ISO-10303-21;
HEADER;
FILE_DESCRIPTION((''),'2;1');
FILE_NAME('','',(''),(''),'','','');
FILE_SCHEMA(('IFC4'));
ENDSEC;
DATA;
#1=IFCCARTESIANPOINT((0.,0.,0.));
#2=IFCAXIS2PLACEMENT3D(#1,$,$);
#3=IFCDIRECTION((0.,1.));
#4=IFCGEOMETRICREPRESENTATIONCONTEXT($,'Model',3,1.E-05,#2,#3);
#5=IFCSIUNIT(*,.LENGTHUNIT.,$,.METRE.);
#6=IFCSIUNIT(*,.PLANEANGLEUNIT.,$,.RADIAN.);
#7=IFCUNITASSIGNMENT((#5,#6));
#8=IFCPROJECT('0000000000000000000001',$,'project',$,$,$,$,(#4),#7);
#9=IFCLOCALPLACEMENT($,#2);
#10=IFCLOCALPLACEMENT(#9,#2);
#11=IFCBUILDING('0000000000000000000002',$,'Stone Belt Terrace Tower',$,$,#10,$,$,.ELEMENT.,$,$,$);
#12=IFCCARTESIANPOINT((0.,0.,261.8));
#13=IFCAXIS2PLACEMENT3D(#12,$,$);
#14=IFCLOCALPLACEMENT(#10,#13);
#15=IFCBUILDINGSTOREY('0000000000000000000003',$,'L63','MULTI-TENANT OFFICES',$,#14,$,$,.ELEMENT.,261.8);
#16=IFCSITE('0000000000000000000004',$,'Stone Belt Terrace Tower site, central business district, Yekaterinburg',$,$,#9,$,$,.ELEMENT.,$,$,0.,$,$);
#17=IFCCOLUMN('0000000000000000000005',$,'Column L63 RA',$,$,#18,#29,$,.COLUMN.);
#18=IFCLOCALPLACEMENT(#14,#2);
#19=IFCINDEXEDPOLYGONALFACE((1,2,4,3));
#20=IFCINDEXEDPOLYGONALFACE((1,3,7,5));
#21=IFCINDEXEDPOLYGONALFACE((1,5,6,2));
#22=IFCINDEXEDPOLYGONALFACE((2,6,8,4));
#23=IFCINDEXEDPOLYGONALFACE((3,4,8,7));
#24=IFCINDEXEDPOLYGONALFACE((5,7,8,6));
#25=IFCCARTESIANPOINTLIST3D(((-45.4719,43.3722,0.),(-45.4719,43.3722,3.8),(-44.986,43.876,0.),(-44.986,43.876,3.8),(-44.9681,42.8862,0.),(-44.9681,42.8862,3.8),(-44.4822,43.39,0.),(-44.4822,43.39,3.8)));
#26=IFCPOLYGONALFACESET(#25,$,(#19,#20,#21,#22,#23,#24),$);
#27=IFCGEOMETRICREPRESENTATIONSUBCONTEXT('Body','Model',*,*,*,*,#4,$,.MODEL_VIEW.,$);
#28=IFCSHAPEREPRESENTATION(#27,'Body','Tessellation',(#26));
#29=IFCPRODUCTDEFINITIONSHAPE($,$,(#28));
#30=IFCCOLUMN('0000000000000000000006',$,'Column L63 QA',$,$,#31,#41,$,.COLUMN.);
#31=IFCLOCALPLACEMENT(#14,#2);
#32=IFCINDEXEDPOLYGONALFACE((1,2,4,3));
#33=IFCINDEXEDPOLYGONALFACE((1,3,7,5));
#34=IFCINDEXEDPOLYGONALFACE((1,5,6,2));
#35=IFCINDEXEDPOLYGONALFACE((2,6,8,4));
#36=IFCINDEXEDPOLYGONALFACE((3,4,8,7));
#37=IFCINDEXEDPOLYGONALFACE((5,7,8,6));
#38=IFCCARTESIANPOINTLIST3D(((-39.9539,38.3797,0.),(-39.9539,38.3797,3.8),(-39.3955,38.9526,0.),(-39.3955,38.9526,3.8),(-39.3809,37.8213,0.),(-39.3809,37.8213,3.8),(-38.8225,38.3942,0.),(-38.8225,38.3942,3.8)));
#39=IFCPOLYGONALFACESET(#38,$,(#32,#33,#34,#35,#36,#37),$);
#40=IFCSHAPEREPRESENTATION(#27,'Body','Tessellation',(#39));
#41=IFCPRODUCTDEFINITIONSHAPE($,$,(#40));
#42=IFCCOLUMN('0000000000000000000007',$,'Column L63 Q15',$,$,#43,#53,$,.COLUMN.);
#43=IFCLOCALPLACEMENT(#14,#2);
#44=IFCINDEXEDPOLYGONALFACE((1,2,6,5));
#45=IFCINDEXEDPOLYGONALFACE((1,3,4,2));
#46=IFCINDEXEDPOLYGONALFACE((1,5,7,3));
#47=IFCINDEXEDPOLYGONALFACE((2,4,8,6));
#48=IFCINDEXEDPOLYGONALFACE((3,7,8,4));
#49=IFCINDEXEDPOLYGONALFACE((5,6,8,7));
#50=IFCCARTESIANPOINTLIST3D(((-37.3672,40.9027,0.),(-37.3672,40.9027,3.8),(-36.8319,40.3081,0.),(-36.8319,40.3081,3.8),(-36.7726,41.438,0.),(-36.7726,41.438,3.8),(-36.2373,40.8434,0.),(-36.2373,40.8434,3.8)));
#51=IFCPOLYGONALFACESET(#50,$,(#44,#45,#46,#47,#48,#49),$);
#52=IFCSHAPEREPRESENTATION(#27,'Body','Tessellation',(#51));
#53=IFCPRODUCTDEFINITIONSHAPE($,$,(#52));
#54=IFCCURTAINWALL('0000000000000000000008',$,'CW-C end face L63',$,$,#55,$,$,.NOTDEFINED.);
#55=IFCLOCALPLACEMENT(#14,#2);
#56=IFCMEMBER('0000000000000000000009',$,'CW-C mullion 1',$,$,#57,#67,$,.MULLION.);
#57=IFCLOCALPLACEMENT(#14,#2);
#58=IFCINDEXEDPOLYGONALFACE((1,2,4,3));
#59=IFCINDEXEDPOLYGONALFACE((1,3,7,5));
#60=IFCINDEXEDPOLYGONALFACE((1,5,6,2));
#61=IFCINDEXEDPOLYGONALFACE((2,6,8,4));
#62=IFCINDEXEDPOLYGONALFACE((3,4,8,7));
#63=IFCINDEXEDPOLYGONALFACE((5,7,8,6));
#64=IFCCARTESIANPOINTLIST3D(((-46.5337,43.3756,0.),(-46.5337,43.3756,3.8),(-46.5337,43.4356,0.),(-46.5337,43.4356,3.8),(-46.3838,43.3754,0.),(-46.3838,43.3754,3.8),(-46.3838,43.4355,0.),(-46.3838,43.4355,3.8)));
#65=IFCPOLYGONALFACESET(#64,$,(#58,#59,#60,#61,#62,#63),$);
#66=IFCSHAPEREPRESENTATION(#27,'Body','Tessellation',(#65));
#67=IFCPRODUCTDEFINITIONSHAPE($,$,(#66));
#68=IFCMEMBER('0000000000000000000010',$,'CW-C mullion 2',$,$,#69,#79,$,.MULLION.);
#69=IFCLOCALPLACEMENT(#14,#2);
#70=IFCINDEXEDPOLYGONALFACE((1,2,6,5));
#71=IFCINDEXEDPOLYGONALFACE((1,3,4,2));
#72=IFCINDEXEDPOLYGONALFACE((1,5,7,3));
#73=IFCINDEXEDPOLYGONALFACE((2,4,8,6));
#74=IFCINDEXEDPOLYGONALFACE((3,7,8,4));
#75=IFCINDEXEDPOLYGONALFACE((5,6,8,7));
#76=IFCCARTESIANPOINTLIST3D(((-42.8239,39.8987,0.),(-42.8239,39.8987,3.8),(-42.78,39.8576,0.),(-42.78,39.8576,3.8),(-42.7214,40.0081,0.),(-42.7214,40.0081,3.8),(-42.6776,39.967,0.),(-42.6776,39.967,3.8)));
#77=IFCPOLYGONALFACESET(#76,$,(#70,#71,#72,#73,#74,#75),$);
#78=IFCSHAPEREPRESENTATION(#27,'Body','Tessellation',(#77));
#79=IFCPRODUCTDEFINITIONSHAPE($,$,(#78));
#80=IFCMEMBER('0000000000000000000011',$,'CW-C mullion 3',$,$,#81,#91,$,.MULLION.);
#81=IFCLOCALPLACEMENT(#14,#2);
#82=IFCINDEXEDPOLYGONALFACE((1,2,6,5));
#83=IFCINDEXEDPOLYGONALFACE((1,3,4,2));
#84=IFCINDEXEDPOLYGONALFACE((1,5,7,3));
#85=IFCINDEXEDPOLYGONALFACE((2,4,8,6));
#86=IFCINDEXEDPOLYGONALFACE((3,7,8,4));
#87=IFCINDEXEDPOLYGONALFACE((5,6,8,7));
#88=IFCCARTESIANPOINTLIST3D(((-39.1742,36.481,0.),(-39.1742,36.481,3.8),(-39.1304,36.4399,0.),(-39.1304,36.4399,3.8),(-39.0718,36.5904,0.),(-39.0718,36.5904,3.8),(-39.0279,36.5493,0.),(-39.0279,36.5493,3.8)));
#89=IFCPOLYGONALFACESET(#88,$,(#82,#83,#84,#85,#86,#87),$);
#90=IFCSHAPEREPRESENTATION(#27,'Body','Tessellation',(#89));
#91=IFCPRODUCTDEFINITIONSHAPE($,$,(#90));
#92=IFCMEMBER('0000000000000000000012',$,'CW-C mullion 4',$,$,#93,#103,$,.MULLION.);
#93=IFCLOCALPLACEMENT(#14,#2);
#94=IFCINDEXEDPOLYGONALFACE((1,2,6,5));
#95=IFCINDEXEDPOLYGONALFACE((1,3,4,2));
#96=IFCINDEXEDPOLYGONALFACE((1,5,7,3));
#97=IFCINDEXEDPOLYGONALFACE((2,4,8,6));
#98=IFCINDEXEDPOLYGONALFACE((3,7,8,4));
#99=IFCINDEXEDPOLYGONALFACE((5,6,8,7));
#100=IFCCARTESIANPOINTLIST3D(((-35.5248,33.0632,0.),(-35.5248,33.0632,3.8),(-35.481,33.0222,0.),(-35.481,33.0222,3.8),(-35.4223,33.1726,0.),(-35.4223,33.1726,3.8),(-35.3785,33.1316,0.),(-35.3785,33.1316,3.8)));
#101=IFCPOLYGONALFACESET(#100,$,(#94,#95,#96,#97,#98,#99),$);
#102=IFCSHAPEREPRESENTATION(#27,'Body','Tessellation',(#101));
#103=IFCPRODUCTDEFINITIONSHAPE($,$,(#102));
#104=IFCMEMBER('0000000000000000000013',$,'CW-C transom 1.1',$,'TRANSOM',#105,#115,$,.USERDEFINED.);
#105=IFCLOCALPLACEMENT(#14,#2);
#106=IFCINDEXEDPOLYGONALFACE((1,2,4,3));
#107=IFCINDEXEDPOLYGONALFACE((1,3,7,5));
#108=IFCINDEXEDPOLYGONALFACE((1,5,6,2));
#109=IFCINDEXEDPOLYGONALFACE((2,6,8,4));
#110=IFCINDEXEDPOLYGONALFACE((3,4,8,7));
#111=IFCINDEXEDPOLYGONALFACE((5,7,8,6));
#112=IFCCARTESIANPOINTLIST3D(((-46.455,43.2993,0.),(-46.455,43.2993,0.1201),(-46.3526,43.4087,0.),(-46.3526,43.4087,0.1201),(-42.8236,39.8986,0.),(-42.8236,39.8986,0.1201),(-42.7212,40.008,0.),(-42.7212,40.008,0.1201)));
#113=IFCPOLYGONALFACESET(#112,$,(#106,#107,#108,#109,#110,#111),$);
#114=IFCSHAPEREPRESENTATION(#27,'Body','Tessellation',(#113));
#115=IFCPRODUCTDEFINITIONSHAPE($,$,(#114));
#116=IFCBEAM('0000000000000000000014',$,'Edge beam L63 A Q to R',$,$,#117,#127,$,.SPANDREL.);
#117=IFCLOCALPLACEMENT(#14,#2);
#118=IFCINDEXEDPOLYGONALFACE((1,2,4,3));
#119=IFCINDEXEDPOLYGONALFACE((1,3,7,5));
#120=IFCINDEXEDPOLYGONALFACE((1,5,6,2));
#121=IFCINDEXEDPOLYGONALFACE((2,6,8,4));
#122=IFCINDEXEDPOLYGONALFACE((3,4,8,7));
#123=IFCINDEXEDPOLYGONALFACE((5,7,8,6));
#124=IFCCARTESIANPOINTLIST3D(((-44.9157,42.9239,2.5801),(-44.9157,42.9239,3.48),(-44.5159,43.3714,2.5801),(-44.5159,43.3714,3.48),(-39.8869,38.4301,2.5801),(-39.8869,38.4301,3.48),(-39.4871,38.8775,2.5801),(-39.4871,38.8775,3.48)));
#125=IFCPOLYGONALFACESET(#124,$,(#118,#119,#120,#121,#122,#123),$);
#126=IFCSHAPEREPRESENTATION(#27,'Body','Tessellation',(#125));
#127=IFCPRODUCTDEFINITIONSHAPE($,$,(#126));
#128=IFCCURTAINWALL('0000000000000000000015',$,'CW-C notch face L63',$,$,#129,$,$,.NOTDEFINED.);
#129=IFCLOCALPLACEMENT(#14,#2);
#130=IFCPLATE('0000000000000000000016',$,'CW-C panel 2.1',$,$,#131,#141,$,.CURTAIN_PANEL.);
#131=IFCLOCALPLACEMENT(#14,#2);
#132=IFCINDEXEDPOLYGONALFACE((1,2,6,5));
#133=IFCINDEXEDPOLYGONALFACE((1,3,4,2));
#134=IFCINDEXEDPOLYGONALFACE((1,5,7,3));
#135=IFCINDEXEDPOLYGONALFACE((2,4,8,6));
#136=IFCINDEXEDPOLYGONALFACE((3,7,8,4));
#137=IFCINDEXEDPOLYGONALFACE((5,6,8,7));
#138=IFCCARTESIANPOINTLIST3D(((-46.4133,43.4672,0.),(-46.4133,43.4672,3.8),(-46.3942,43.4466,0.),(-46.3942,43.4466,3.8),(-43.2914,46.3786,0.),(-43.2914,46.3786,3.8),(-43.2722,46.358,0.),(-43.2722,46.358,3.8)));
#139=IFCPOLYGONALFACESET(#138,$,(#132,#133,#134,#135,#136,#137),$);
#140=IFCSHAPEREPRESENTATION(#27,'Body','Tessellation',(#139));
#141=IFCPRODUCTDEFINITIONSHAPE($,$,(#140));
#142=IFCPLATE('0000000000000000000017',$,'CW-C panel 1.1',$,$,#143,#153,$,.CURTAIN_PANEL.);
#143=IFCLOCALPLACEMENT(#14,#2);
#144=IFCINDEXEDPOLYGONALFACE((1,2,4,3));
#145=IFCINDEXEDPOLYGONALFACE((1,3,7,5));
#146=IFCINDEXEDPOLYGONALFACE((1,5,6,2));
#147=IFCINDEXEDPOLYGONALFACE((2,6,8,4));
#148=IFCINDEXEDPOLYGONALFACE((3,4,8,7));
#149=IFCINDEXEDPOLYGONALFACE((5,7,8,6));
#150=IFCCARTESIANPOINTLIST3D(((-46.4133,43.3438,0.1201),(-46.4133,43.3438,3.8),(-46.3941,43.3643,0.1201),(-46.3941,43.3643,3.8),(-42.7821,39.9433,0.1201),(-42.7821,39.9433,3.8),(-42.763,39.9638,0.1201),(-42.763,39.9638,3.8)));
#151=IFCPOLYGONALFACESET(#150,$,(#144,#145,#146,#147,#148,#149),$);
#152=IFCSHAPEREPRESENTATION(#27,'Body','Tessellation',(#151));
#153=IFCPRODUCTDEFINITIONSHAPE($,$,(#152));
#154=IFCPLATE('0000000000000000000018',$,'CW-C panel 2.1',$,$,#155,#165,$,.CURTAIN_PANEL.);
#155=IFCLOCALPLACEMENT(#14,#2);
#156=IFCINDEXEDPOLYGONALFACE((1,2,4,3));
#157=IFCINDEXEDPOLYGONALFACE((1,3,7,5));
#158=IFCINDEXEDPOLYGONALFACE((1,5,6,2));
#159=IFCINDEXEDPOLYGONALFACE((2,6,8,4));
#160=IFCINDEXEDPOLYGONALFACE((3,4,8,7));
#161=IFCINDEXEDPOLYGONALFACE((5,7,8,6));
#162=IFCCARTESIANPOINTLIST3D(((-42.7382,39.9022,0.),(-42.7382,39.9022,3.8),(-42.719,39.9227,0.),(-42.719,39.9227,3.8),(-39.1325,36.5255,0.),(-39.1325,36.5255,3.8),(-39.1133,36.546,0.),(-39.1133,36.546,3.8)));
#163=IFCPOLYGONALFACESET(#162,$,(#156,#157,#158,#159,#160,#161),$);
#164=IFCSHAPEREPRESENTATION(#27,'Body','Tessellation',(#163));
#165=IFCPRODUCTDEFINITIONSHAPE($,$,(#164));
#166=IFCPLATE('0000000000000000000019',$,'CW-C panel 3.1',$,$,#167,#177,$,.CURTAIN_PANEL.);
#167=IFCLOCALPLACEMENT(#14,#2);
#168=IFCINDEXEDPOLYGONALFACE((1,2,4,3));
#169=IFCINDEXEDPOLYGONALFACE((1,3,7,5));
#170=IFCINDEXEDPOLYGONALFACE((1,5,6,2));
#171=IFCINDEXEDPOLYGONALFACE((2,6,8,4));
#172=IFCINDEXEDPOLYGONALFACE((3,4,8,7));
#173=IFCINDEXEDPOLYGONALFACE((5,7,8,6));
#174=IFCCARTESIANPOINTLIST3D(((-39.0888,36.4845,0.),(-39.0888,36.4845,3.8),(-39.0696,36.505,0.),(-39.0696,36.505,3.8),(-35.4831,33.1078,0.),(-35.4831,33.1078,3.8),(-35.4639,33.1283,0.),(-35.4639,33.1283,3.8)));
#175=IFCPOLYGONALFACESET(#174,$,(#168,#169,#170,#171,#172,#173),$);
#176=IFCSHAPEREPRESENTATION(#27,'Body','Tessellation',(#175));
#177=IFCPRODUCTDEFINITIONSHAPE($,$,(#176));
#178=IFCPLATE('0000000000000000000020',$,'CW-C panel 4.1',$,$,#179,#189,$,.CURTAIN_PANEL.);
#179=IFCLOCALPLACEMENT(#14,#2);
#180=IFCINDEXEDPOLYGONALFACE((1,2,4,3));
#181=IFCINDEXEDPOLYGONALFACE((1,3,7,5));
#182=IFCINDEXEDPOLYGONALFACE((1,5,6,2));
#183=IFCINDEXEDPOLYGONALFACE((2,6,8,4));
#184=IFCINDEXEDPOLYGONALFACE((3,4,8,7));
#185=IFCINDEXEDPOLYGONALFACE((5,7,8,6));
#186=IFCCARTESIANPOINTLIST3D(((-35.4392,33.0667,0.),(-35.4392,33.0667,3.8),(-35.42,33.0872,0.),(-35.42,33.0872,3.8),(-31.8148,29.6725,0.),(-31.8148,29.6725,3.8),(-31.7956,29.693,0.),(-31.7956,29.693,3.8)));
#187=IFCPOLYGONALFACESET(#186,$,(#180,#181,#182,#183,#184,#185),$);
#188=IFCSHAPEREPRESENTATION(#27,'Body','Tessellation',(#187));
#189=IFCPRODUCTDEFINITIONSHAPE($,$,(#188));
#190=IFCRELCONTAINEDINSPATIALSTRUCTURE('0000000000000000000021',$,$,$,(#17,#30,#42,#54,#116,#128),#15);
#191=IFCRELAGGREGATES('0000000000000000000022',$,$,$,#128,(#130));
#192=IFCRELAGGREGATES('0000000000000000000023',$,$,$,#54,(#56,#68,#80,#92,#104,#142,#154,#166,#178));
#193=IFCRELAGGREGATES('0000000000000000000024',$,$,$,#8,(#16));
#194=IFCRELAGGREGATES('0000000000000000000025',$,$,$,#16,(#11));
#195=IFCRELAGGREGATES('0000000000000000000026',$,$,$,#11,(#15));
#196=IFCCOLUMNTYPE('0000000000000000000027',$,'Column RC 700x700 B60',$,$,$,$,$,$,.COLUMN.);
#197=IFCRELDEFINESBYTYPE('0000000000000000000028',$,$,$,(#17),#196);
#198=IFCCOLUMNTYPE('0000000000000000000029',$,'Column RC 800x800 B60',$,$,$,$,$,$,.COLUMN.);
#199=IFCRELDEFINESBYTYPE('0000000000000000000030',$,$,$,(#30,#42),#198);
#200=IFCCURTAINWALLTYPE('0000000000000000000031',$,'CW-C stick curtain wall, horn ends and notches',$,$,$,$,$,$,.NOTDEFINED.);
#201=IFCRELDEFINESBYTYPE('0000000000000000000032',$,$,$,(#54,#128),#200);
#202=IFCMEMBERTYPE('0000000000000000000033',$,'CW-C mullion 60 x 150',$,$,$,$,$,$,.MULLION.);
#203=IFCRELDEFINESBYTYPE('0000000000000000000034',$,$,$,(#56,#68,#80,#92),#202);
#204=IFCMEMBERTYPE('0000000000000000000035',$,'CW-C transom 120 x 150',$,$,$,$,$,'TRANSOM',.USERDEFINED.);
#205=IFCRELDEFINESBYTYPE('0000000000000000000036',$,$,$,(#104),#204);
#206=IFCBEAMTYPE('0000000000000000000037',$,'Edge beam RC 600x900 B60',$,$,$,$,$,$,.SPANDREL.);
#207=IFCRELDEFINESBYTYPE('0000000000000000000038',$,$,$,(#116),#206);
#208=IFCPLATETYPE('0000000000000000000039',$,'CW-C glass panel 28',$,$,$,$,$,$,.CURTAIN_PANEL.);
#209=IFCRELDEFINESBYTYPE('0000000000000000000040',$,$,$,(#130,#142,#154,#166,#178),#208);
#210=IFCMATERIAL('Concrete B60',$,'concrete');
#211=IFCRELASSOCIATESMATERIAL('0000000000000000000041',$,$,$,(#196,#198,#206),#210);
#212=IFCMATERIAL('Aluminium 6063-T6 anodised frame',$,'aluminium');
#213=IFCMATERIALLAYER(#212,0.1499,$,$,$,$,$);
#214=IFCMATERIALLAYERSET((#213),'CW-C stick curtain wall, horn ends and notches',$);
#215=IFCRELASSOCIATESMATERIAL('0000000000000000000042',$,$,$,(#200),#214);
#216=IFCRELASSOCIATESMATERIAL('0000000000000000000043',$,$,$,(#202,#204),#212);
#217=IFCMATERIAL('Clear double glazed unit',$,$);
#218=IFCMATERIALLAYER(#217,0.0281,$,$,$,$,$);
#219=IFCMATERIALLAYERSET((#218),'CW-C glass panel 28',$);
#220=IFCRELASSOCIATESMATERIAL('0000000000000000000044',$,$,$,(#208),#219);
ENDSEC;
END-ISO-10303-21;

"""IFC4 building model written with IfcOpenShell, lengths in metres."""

from ifc_helpers import new_model, si_unit, direction, frame, origin, origin_2d, place, context, subcontext, project, spatial, rectangle, extrude, material, layer, layer_set, material_profile, profile_set, type_object, element, aggregate, save


model = new_model("IFC4")

# Units and contexts
model_context = context("Model", 3, precision=1e-05, world=origin(), true_north=direction((0.0, 1.0)))
body_context = subcontext(model_context, "Body", "Model", "MODEL_VIEW")
ifc_project = project(units=[si_unit("LENGTHUNIT", "METRE"), si_unit("PLANEANGLEUNIT", "RADIAN")], contexts=[model_context])

# Site, building, storey
site_placement = place(None, origin())
site = spatial("IfcSite", under=ifc_project, at=site_placement, Name="Stone Belt Terrace Tower site, central business district, Yekaterinburg", CompositionType="ELEMENT", RefElevation=0.0)
building_placement = place(site_placement, origin())
building = spatial("IfcBuilding", under=site, at=building_placement, Name="Stone Belt Terrace Tower", CompositionType="ELEMENT")
storey_placement = place(building_placement, frame((0.0, 0.0, 261.8)))
storey = spatial("IfcBuildingStorey", under=building, at=storey_placement, Name="L63", Description="MULTI-TENANT OFFICES", CompositionType="ELEMENT", Elevation=261.8)

# Columns
ifc_material_1 = material(Name="Concrete B60", Category="concrete")
ifc_material_profile_1 = material_profile(ifc_material_1, rectangle(XDim=0.7, YDim=0.7, at=origin_2d()), Name="RC 700x700")
ifc_profile_set_1 = profile_set([ifc_material_profile_1], Name="Concrete B60")
column_type_1 = type_object("IfcColumnType", Name="Column RC 700x700 B60", PredefinedType="COLUMN", material=ifc_profile_set_1)
column_placement = place(storey_placement, frame((-44.9771, 43.3811, 0.0), z_axis=(0.0, 0.0, 1.0), x_axis=(0.694221, 0.719762, 0.0)))
element("IfcColumn", 1, at=column_placement, inside=storey, type_object=column_type_1, Name="Column L63 RA", PredefinedType="COLUMN", context=body_context, shape_type="SweptSolid", body=[
    extrude(rectangle(XDim=0.7, YDim=0.7, at=origin_2d()), origin(), (0.0, 0.0, 1.0), 3.8),
])
ifc_material_profile_2 = material_profile(ifc_material_1, rectangle(XDim=0.8, YDim=0.8, at=origin_2d()), Name="RC 800x800")
ifc_profile_set_2 = profile_set([ifc_material_profile_2], Name="Concrete B60")
column_type_2 = type_object("IfcColumnType", Name="Column RC 800x800 B60", PredefinedType="COLUMN", material=ifc_profile_set_2)
for number, where, z_axis, x_axis, name in (
    (2, (-39.3882, 38.387, 0.0), (0.0, 0.0, 1.0), (0.697944, 0.716152, 0.0), "Column L63 QA"),
    (3, (-36.8022, 40.873, 0.0), (0.0, 0.0, 1.0), (0.743145, 0.669131, 0.0), "Column L63 Q15"),
):
    element("IfcColumn", number, at=place(storey_placement, frame(where, z_axis=z_axis, x_axis=x_axis)), inside=storey, type_object=column_type_2, Name=name, PredefinedType="COLUMN", context=body_context, shape_type="SweptSolid", body=[
        extrude(rectangle(XDim=0.8, YDim=0.8, at=origin_2d()), origin(), (0.0, 0.0, 1.0), 3.8),
    ])

# Curtain wall, members
ifc_material_2 = material(Name="Aluminium 6063-T6 anodised frame", Category="aluminium")
ifc_layer_1 = layer(ifc_material_2, 0.1499)
ifc_layer_set_1 = layer_set([ifc_layer_1], Name="CW-C stick curtain wall, horn ends and notches")
curtain_wall_type = type_object("IfcCurtainWallType", Name="CW-C stick curtain wall, horn ends and notches", PredefinedType="NOTDEFINED", material=ifc_layer_set_1)
curtain_wall_1_placement = place(storey_placement, origin())
curtain_wall_1 = element("IfcCurtainWall", 4, at=curtain_wall_1_placement, inside=storey, type_object=curtain_wall_type, Name="CW-C end face L63", PredefinedType="NOTDEFINED")
ifc_material_profile_3 = material_profile(ifc_material_2, rectangle(XDim=0.1499, YDim=0.0601, at=origin_2d()), Name="Aluminium 6063-T6 60x150")
ifc_profile_set_3 = profile_set([ifc_material_profile_3], Name="Aluminium 6063-T6 anodised frame")
member_type_1 = type_object("IfcMemberType", Name="CW-C mullion 60 x 150", PredefinedType="MULLION", material=ifc_profile_set_3)
member_1_placement = place(storey_placement, frame((-46.4587, 43.4055, 0.0), z_axis=(0.0, 0.0, 1.0), x_axis=(0.999999, -0.001051, 0.0)))
member_1 = element("IfcMember", 5, at=member_1_placement, type_object=member_type_1, Name="CW-C mullion 1", PredefinedType="MULLION", context=body_context, shape_type="SweptSolid", body=[
    extrude(rectangle(XDim=0.1499, YDim=0.0601, at=origin_2d()), origin(), (0.0, 0.0, 1.0), 3.8),
])
member_2_placement = place(storey_placement, frame((-42.7507, 39.9329, 0.0), z_axis=(0.0, 0.0, 1.0), x_axis=(0.683549, 0.729904, 0.0)))
member_2 = element("IfcMember", 6, at=member_2_placement, type_object=member_type_1, Name="CW-C mullion 2", PredefinedType="MULLION", context=body_context, shape_type="SweptSolid", body=[
    extrude(rectangle(XDim=0.1499, YDim=0.0601, at=origin_2d()), origin(), (0.0, 0.0, 1.0), 3.8),
])
member_3_placement = place(storey_placement, frame((-39.1011, 36.5151, 0.0), z_axis=(0.0, 0.0, 1.0), x_axis=(0.683549, 0.729904, 0.0)))
member_3 = element("IfcMember", 7, at=member_3_placement, type_object=member_type_1, Name="CW-C mullion 3", PredefinedType="MULLION", context=body_context, shape_type="SweptSolid", body=[
    extrude(rectangle(XDim=0.1499, YDim=0.0601, at=origin_2d()), origin(), (0.0, 0.0, 1.0), 3.8),
])
member_4_placement = place(storey_placement, frame((-35.4517, 33.0974, 0.0), z_axis=(0.0, 0.0, 1.0), x_axis=(0.683549, 0.729904, 0.0)))
member_4 = element("IfcMember", 8, at=member_4_placement, type_object=member_type_1, Name="CW-C mullion 4", PredefinedType="MULLION", context=body_context, shape_type="SweptSolid", body=[
    extrude(rectangle(XDim=0.1499, YDim=0.0601, at=origin_2d()), origin(), (0.0, 0.0, 1.0), 3.8),
])
ifc_material_profile_4 = material_profile(ifc_material_2, rectangle(XDim=0.1499, YDim=0.1201, at=origin_2d()), Name="Aluminium 6063-T6 150x120")
ifc_profile_set_4 = profile_set([ifc_material_profile_4], Name="Aluminium 6063-T6 anodised frame")
member_type_2 = type_object("IfcMemberType", Name="CW-C transom 120 x 150", ElementType="TRANSOM", PredefinedType="USERDEFINED", material=ifc_profile_set_4)
member_5_placement = place(storey_placement, frame((-46.4038, 43.354, 0.0601), z_axis=(0.729914, -0.683539, 0.0), x_axis=(0.683539, 0.729914, 0.0)))
member_5 = element("IfcMember", 9, at=member_5_placement, type_object=member_type_2, Name="CW-C transom 1.1", ObjectType="TRANSOM", PredefinedType="USERDEFINED", context=body_context, shape_type="SweptSolid", body=[
    extrude(rectangle(XDim=0.1499, YDim=0.1201, at=origin_2d()), origin(), (0.0, 0.0, 1.0), 4.9751),
])

# Beam
ifc_material_profile_5 = material_profile(ifc_material_1, rectangle(XDim=0.6001, YDim=0.8999, at=origin_2d()), Name="RC 600x900")
ifc_profile_set_5 = profile_set([ifc_material_profile_5], Name="Concrete B60")
beam_type = type_object("IfcBeamType", Name="Edge beam RC 600x900 B60", PredefinedType="SPANDREL", material=ifc_profile_set_5)
beam_placement = place(storey_placement, frame((-39.687, 38.6538, 3.03), z_axis=(-0.745651, 0.666337, 0.0), x_axis=(-0.666337, -0.745651, 0.0)))
element("IfcBeam", 10, at=beam_placement, inside=storey, type_object=beam_type, Name="Edge beam L63 A Q to R", PredefinedType="SPANDREL", context=body_context, shape_type="SweptSolid", body=[
    extrude(rectangle(XDim=0.6001, YDim=0.8999, at=origin_2d()), origin(), (0.0, 0.0, 1.0), 6.7441),
])

# Curtain wall, plate
curtain_wall_2_placement = place(storey_placement, origin())
curtain_wall_2 = element("IfcCurtainWall", 11, at=curtain_wall_2_placement, inside=storey, type_object=curtain_wall_type, Name="CW-C notch face L63", PredefinedType="NOTDEFINED")
ifc_material_3 = material(Name="Clear double glazed unit")
ifc_layer_2 = layer(ifc_material_3, 0.0281)
ifc_layer_set_2 = layer_set([ifc_layer_2], Name="CW-C glass panel 28")
plate_type = type_object("IfcPlateType", Name="CW-C glass panel 28", PredefinedType="CURTAIN_PANEL", material=ifc_layer_set_2)
plate_1_placement = place(storey_placement, frame((-44.8428, 44.9126, 0.0), z_axis=(0.0, 0.0, 1.0), x_axis=(-0.731339, -0.682014, 0.0)))
plate_1 = element("IfcPlate", 12, at=plate_1_placement, type_object=plate_type, Name="CW-C panel 2.1", PredefinedType="CURTAIN_PANEL", context=body_context, shape_type="SweptSolid", body=[
    extrude(rectangle(XDim=4.2688, YDim=0.0281, at=origin_2d()), origin(), (0.0, 0.0, 1.0), 3.8),
])
aggregate(curtain_wall_2, [plate_1])

# Plates
plate_2_placement = place(storey_placement, frame((-44.5881, 41.6538, 0.1201), z_axis=(0.0, 0.0, 1.0), x_axis=(0.729904, -0.683549, 0.0)))
plate_2 = element("IfcPlate", 13, at=plate_2_placement, type_object=plate_type, Name="CW-C panel 1.1", PredefinedType="CURTAIN_PANEL", context=body_context, shape_type="SweptSolid", body=[
    extrude(rectangle(XDim=4.9749, YDim=0.0281, at=origin_2d()), origin(), (0.0, 0.0, 1.0), 3.6799),
])
plate_3_placement = place(storey_placement, frame((-40.9258, 38.2241, 0.0), z_axis=(0.0, 0.0, 1.0), x_axis=(0.729904, -0.683549, 0.0)))
plate_3 = element("IfcPlate", 14, at=plate_3_placement, type_object=plate_type, Name="CW-C panel 2.1", PredefinedType="CURTAIN_PANEL", context=body_context, shape_type="SweptSolid", body=[
    extrude(rectangle(XDim=4.9399, YDim=0.0281, at=origin_2d()), origin(), (0.0, 0.0, 1.0), 3.8),
])
plate_4_placement = place(storey_placement, frame((-37.2764, 34.8064, 0.0), z_axis=(0.0, 0.0, 1.0), x_axis=(0.729904, -0.683549, 0.0)))
plate_4 = element("IfcPlate", 15, at=plate_4_placement, type_object=plate_type, Name="CW-C panel 3.1", PredefinedType="CURTAIN_PANEL", context=body_context, shape_type="SweptSolid", body=[
    extrude(rectangle(XDim=4.9399, YDim=0.0281, at=origin_2d()), origin(), (0.0, 0.0, 1.0), 3.8),
])
plate_5_placement = place(storey_placement, frame((-33.6174, 31.3799, 0.0), z_axis=(0.0, 0.0, 1.0), x_axis=(0.729904, -0.683549, 0.0)))
plate_5 = element("IfcPlate", 16, at=plate_5_placement, type_object=plate_type, Name="CW-C panel 4.1", PredefinedType="CURTAIN_PANEL", context=body_context, shape_type="SweptSolid", body=[
    extrude(rectangle(XDim=4.9656, YDim=0.0281, at=origin_2d()), origin(), (0.0, 0.0, 1.0), 3.8),
])
aggregate(curtain_wall_1, [member_1, member_2, member_3, member_4, member_5, plate_2, plate_3, plate_4, plate_5])

save(model, "model.ifc")
